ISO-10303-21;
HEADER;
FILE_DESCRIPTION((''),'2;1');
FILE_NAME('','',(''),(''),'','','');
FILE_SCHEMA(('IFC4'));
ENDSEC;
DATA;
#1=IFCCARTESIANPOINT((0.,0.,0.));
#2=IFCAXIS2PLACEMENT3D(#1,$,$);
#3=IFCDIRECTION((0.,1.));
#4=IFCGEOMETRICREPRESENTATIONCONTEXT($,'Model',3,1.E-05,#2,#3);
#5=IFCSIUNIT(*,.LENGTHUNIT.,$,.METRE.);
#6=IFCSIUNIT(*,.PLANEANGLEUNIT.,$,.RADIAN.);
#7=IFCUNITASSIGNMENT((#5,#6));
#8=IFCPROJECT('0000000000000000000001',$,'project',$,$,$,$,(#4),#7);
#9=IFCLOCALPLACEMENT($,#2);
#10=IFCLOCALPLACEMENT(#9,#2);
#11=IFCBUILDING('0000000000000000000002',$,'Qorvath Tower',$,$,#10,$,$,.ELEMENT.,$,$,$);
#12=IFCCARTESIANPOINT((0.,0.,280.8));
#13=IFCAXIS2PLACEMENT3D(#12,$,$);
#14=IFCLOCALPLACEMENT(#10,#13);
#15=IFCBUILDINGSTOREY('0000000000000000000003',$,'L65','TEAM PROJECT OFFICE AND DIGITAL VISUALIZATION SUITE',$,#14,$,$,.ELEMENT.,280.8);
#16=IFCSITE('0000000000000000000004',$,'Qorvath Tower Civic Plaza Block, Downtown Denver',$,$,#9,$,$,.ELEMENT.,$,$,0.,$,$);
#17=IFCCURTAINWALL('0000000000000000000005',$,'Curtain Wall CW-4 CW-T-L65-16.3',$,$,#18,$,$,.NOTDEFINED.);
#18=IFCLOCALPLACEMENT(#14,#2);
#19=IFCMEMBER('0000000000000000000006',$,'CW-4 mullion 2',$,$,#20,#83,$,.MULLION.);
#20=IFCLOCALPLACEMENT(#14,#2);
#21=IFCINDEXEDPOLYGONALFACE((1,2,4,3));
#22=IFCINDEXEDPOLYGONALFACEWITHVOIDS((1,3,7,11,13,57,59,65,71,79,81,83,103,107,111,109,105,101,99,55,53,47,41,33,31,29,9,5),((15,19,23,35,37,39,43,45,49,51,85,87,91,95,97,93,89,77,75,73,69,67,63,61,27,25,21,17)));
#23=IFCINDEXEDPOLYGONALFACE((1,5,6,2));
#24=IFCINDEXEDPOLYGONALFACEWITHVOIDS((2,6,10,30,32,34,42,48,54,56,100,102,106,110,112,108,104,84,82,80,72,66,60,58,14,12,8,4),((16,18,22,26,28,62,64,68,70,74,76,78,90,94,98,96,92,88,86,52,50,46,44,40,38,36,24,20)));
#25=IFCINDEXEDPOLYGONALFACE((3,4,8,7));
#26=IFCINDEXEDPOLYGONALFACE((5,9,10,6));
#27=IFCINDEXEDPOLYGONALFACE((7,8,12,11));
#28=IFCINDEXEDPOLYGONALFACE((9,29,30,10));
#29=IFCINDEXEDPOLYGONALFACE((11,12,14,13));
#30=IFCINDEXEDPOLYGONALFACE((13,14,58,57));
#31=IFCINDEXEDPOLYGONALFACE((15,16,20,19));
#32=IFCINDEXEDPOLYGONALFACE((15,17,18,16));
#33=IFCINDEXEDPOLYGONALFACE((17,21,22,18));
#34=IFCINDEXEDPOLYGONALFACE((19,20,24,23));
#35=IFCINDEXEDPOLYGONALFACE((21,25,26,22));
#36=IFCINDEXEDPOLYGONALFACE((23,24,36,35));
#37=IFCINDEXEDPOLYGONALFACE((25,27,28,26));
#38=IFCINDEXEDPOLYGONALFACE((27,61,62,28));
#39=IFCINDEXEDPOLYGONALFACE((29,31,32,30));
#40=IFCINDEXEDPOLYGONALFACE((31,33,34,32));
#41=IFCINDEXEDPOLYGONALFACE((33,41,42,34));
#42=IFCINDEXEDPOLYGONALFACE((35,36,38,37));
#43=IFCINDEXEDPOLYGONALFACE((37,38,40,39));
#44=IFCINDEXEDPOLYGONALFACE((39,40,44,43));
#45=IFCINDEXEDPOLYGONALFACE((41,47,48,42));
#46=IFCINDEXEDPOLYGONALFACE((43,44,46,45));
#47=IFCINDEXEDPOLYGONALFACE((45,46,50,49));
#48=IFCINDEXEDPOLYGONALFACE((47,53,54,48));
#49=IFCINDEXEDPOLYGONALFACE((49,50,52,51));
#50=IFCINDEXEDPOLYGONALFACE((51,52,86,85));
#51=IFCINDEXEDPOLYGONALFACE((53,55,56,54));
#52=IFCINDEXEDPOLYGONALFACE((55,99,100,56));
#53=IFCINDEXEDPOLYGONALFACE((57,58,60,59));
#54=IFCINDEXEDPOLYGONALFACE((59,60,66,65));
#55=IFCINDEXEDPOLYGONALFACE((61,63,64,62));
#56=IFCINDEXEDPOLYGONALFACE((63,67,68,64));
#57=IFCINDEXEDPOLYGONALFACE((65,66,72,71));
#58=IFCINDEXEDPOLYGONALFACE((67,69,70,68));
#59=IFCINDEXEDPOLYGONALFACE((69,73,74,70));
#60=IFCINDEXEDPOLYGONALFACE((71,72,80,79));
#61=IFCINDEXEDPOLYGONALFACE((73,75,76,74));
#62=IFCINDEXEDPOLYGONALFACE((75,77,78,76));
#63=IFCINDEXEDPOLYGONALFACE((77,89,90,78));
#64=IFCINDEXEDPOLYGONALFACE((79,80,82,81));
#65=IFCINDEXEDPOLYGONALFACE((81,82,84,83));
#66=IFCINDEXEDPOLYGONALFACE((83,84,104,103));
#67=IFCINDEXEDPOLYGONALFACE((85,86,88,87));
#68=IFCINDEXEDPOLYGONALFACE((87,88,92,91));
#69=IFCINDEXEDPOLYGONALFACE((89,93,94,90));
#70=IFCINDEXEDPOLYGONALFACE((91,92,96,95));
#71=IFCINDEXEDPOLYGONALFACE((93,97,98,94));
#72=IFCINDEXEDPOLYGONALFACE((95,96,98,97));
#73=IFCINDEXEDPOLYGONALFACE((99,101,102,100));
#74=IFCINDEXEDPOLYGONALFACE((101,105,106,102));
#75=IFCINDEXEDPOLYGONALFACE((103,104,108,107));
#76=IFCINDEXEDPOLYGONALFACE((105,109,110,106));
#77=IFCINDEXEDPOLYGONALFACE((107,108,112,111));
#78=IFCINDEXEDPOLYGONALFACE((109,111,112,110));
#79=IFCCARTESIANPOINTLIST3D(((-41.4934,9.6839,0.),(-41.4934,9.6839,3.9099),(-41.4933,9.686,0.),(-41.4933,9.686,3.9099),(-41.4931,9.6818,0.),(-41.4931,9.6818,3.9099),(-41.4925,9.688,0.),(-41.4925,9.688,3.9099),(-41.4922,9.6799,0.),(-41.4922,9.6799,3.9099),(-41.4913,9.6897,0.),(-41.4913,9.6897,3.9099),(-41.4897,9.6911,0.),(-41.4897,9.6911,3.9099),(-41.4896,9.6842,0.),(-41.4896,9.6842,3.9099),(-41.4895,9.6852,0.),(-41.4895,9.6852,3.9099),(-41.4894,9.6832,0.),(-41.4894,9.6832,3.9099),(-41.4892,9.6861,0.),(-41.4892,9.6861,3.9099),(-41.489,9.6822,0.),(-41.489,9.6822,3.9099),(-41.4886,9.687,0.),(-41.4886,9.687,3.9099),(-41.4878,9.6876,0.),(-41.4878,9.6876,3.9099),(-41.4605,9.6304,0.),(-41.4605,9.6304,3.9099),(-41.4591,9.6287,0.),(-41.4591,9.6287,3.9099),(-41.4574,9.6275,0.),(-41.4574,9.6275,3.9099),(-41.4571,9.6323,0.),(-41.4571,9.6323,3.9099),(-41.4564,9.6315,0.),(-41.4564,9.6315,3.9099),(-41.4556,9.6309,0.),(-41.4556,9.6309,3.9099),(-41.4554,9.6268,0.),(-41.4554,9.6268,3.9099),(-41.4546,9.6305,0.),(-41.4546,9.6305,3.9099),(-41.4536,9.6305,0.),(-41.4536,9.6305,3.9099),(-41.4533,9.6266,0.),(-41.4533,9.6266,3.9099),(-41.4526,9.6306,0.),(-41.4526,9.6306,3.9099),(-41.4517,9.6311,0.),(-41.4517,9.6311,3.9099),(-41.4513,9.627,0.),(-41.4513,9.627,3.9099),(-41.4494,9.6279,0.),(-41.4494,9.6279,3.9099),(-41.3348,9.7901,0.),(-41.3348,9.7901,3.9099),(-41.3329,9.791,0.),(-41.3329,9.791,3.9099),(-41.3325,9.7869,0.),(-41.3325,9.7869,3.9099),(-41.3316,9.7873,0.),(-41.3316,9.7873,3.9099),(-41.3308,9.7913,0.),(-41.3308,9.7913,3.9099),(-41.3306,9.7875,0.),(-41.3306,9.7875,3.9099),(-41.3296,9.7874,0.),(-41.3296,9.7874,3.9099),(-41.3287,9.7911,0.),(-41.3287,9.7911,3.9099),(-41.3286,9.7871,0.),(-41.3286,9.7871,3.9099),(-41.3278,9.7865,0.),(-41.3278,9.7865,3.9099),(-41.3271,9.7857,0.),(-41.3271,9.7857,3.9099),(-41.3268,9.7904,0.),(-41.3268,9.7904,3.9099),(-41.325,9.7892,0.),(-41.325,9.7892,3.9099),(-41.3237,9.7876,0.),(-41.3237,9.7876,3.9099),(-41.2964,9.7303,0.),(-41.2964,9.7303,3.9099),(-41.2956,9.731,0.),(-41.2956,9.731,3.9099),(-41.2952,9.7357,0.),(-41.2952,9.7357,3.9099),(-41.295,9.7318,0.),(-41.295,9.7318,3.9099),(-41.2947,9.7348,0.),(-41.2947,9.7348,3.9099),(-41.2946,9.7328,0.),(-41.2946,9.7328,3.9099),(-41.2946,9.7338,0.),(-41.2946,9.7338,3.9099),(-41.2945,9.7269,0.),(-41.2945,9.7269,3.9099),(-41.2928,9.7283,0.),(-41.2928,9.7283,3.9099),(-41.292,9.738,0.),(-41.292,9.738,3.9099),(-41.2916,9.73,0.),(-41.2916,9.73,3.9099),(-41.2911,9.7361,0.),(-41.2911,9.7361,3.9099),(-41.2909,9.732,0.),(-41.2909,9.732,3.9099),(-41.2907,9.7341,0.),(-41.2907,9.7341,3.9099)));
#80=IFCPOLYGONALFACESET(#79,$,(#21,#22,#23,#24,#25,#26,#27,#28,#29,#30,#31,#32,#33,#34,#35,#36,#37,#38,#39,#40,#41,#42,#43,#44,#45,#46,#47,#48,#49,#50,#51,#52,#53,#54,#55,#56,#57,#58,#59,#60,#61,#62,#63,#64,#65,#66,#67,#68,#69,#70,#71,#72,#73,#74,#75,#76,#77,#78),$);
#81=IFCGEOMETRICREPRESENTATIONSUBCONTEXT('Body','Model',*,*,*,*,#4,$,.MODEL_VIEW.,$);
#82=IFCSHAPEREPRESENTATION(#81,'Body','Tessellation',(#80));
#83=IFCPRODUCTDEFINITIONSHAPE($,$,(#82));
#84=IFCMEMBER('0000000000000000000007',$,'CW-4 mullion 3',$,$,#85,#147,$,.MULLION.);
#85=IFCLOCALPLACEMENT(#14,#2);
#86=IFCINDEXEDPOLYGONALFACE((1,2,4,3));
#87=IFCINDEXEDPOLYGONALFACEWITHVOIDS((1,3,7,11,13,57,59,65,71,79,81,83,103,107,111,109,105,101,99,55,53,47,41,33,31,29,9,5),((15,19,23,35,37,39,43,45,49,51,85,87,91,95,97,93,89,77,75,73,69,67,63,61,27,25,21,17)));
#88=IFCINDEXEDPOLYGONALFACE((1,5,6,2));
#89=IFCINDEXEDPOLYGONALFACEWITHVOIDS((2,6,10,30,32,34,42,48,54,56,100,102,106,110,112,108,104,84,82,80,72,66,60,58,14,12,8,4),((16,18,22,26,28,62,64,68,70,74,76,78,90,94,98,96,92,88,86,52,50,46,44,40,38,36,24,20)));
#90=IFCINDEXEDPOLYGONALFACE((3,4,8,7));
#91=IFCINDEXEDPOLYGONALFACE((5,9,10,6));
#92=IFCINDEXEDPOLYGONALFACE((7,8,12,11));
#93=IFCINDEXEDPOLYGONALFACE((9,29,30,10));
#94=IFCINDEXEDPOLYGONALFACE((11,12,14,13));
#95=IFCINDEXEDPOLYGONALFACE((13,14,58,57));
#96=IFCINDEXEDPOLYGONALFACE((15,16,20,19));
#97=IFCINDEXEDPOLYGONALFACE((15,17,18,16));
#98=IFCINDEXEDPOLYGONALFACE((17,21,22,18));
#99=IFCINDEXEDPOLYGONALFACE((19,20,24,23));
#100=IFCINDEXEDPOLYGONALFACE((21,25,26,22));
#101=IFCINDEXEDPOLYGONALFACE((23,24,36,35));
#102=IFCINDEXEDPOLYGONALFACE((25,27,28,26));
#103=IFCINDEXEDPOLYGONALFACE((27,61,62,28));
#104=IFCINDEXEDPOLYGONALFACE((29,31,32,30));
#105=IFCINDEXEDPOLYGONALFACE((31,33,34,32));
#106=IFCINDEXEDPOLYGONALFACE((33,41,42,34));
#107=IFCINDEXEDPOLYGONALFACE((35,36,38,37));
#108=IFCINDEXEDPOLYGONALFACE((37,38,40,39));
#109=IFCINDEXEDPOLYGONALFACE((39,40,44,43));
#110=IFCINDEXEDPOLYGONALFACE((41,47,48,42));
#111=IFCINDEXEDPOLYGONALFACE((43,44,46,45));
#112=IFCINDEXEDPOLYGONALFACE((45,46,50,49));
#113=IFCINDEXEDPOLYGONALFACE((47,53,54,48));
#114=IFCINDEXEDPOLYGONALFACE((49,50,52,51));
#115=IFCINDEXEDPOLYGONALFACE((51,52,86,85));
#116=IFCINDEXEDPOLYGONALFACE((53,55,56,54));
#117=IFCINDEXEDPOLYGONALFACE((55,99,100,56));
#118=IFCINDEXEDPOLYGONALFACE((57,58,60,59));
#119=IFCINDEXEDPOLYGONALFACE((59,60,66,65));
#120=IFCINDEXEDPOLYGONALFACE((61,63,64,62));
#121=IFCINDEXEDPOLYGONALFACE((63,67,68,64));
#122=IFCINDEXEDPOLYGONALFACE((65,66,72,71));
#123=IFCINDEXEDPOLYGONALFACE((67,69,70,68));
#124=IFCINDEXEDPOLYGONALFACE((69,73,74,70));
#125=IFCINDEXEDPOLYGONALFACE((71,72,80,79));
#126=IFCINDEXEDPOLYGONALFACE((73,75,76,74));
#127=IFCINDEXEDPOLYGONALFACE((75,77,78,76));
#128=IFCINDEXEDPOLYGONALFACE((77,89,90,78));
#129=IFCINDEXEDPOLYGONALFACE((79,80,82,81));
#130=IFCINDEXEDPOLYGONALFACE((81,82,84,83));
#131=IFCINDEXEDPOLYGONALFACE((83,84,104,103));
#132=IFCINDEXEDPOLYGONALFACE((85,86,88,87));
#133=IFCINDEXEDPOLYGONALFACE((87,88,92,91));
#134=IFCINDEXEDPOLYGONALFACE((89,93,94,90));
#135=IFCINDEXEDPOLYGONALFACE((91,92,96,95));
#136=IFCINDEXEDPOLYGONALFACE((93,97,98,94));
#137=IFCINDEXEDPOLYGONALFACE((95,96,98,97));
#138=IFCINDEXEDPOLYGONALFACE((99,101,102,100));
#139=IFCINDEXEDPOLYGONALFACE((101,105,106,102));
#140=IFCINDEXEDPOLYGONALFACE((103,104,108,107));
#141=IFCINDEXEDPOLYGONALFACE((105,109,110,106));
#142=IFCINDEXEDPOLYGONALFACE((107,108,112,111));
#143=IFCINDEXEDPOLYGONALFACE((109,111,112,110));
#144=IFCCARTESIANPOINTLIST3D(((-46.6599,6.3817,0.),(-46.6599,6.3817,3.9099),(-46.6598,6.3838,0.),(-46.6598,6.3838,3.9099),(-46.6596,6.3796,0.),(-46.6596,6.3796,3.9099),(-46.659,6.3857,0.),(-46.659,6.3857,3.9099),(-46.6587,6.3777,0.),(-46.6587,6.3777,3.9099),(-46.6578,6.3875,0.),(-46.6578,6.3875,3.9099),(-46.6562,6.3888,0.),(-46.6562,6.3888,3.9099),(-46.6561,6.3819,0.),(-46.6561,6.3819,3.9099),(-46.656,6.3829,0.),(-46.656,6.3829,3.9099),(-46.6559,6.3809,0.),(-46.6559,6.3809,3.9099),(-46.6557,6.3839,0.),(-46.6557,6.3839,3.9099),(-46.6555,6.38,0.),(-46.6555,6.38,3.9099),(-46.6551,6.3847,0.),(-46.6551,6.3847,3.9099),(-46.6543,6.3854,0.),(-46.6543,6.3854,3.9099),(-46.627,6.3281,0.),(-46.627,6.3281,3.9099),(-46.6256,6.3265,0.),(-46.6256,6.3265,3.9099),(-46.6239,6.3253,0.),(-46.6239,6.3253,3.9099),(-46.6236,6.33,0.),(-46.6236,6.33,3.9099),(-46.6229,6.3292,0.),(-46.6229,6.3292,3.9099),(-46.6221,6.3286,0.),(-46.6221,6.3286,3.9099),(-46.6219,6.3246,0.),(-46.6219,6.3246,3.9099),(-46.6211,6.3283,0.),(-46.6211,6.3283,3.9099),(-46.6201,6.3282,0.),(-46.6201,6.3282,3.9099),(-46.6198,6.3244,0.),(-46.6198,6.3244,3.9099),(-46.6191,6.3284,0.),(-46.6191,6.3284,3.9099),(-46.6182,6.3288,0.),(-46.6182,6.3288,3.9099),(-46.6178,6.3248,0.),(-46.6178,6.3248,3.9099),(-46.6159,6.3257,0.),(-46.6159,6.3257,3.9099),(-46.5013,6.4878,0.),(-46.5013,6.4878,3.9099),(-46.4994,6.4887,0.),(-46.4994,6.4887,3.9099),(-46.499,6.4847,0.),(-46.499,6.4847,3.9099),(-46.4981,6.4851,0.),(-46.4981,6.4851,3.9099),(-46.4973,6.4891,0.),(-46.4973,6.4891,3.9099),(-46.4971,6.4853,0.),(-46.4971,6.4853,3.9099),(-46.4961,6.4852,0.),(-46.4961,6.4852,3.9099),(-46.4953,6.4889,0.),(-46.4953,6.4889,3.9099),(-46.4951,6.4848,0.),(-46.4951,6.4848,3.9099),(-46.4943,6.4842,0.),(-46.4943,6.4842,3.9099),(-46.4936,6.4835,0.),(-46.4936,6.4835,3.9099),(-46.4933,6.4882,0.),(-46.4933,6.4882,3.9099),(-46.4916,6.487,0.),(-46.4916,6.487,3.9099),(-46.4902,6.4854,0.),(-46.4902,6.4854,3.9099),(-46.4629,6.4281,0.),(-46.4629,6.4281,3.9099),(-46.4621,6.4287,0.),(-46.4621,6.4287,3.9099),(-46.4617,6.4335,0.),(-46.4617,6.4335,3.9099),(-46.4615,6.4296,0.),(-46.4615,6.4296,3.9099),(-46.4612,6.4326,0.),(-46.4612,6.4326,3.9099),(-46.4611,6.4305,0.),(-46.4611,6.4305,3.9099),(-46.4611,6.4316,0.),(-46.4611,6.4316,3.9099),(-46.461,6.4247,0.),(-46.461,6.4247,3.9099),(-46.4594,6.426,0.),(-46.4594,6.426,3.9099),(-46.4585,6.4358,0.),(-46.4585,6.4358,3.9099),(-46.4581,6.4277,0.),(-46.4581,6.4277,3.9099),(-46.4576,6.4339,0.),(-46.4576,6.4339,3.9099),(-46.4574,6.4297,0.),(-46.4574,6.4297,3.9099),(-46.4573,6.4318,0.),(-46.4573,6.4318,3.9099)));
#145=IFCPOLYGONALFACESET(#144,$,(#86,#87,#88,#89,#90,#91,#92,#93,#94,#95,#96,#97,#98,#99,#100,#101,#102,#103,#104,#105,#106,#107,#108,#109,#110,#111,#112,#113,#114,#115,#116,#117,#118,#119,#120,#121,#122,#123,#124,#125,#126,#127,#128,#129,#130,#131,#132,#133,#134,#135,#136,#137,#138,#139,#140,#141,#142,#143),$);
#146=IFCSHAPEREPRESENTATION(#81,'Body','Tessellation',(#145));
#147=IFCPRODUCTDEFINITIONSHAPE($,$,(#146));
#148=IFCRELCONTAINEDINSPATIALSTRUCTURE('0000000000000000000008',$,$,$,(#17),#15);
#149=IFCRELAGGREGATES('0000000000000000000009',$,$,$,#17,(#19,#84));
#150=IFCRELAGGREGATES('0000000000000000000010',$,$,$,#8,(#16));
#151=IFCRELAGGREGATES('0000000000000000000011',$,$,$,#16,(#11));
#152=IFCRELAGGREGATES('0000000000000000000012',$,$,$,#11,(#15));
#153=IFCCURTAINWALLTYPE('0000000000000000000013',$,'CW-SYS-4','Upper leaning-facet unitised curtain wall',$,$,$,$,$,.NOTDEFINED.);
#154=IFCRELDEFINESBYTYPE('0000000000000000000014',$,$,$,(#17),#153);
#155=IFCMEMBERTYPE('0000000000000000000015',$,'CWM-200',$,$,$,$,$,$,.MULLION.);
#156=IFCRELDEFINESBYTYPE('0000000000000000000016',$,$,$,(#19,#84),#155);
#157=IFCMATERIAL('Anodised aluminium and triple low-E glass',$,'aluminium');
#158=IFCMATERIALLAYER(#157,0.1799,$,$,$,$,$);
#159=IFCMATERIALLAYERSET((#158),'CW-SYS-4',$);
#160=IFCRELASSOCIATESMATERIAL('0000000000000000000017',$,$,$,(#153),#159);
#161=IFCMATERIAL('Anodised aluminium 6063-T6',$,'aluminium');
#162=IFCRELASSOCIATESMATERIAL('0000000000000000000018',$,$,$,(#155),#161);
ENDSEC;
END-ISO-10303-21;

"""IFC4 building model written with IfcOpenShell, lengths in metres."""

from ifc_helpers import new_model, si_unit, direction, frame, origin, origin_2d, place, context, subcontext, project, spatial, hollow_rectangle, extrude, material, layer, layer_set, material_profile, profile_set, type_object, element, aggregate, save


model = new_model("IFC4")

# Units and contexts
model_context = context("Model", 3, precision=1e-05, world=origin(), true_north=direction((0.0, 1.0)))
body_context = subcontext(model_context, "Body", "Model", "MODEL_VIEW")
ifc_project = project(units=[si_unit("LENGTHUNIT", "METRE"), si_unit("PLANEANGLEUNIT", "RADIAN")], contexts=[model_context])

# Site, building, storey
site_placement = place(None, origin())
site = spatial("IfcSite", under=ifc_project, at=site_placement, Name="Qorvath Tower Civic Plaza Block, Downtown Denver", CompositionType="ELEMENT", RefElevation=0.0)
building_placement = place(site_placement, origin())
building = spatial("IfcBuilding", under=site, at=building_placement, Name="Qorvath Tower", CompositionType="ELEMENT")
storey_placement = place(building_placement, frame((0.0, 0.0, 280.8)))
storey = spatial("IfcBuildingStorey", under=building, at=storey_placement, Name="L65", Description="TEAM PROJECT OFFICE AND DIGITAL VISUALIZATION SUITE", CompositionType="ELEMENT", Elevation=280.8)

# Shared definitions
ifc_material_1 = material(Name="Anodised aluminium and triple low-E glass", Category="aluminium")
ifc_layer_1 = layer(ifc_material_1, 0.1799)
ifc_layer_set_1 = layer_set([ifc_layer_1], Name="CW-SYS-4")
curtain_wall_type = type_object("IfcCurtainWallType", Name="CW-SYS-4", Description="Upper leaning-facet unitised curtain wall", PredefinedType="NOTDEFINED", material=ifc_layer_set_1)
ifc_material_2 = material(Name="Anodised aluminium 6063-T6", Category="aluminium")
ifc_material_profile_1 = material_profile(ifc_material_2, hollow_rectangle(XDim=0.075, YDim=0.2, WallThickness=0.0039, InnerFilletRadius=0.0039, OuterFilletRadius=0.0081, at=origin_2d()), Name="CWM 200x75")
ifc_profile_set_1 = profile_set([ifc_material_profile_1], Name="Anodised aluminium 6063-T6")
member_type_1 = type_object("IfcMemberType", Name="CWM-200", PredefinedType="MULLION", material=ifc_profile_set_1)

# Curtain wall, members
curtain_wall_1_placement = place(storey_placement, origin())
curtain_wall_1 = element("IfcCurtainWall", 1, at=curtain_wall_1_placement, inside=storey, type_object=curtain_wall_type, Name="Curtain Wall CW-4 CW-T-L65-16.3", PredefinedType="NOTDEFINED")
member_1_placement = place(storey_placement, frame((-41.3921, 9.709, 0.0), z_axis=(0.0, 0.0, 1.0), x_axis=(0.538538, -0.842601, 0.0)))
member_1 = element("IfcMember", 2, at=member_1_placement, type_object=member_type_1, Name="CW-4 mullion 2", PredefinedType="MULLION", context=body_context, shape_type="SweptSolid", body=[
    extrude(hollow_rectangle(XDim=0.075, YDim=0.2, WallThickness=0.0039, InnerFilletRadius=0.0039, OuterFilletRadius=0.0081, at=origin_2d()), origin(), (0.0, 0.0, 1.0), 3.9099),
])
member_2_placement = place(storey_placement, frame((-46.5586, 6.4067, 0.0), z_axis=(0.0, 0.0, 1.0), x_axis=(0.538538, -0.842601, 0.0)))
member_2 = element("IfcMember", 3, at=member_2_placement, type_object=member_type_1, Name="CW-4 mullion 3", PredefinedType="MULLION", context=body_context, shape_type="SweptSolid", body=[
    extrude(hollow_rectangle(XDim=0.075, YDim=0.2, WallThickness=0.0039, InnerFilletRadius=0.0039, OuterFilletRadius=0.0081, at=origin_2d()), origin(), (0.0, 0.0, 1.0), 3.9099),
])
aggregate(curtain_wall_1, [member_1, member_2])

save(model, "model.ifc")
